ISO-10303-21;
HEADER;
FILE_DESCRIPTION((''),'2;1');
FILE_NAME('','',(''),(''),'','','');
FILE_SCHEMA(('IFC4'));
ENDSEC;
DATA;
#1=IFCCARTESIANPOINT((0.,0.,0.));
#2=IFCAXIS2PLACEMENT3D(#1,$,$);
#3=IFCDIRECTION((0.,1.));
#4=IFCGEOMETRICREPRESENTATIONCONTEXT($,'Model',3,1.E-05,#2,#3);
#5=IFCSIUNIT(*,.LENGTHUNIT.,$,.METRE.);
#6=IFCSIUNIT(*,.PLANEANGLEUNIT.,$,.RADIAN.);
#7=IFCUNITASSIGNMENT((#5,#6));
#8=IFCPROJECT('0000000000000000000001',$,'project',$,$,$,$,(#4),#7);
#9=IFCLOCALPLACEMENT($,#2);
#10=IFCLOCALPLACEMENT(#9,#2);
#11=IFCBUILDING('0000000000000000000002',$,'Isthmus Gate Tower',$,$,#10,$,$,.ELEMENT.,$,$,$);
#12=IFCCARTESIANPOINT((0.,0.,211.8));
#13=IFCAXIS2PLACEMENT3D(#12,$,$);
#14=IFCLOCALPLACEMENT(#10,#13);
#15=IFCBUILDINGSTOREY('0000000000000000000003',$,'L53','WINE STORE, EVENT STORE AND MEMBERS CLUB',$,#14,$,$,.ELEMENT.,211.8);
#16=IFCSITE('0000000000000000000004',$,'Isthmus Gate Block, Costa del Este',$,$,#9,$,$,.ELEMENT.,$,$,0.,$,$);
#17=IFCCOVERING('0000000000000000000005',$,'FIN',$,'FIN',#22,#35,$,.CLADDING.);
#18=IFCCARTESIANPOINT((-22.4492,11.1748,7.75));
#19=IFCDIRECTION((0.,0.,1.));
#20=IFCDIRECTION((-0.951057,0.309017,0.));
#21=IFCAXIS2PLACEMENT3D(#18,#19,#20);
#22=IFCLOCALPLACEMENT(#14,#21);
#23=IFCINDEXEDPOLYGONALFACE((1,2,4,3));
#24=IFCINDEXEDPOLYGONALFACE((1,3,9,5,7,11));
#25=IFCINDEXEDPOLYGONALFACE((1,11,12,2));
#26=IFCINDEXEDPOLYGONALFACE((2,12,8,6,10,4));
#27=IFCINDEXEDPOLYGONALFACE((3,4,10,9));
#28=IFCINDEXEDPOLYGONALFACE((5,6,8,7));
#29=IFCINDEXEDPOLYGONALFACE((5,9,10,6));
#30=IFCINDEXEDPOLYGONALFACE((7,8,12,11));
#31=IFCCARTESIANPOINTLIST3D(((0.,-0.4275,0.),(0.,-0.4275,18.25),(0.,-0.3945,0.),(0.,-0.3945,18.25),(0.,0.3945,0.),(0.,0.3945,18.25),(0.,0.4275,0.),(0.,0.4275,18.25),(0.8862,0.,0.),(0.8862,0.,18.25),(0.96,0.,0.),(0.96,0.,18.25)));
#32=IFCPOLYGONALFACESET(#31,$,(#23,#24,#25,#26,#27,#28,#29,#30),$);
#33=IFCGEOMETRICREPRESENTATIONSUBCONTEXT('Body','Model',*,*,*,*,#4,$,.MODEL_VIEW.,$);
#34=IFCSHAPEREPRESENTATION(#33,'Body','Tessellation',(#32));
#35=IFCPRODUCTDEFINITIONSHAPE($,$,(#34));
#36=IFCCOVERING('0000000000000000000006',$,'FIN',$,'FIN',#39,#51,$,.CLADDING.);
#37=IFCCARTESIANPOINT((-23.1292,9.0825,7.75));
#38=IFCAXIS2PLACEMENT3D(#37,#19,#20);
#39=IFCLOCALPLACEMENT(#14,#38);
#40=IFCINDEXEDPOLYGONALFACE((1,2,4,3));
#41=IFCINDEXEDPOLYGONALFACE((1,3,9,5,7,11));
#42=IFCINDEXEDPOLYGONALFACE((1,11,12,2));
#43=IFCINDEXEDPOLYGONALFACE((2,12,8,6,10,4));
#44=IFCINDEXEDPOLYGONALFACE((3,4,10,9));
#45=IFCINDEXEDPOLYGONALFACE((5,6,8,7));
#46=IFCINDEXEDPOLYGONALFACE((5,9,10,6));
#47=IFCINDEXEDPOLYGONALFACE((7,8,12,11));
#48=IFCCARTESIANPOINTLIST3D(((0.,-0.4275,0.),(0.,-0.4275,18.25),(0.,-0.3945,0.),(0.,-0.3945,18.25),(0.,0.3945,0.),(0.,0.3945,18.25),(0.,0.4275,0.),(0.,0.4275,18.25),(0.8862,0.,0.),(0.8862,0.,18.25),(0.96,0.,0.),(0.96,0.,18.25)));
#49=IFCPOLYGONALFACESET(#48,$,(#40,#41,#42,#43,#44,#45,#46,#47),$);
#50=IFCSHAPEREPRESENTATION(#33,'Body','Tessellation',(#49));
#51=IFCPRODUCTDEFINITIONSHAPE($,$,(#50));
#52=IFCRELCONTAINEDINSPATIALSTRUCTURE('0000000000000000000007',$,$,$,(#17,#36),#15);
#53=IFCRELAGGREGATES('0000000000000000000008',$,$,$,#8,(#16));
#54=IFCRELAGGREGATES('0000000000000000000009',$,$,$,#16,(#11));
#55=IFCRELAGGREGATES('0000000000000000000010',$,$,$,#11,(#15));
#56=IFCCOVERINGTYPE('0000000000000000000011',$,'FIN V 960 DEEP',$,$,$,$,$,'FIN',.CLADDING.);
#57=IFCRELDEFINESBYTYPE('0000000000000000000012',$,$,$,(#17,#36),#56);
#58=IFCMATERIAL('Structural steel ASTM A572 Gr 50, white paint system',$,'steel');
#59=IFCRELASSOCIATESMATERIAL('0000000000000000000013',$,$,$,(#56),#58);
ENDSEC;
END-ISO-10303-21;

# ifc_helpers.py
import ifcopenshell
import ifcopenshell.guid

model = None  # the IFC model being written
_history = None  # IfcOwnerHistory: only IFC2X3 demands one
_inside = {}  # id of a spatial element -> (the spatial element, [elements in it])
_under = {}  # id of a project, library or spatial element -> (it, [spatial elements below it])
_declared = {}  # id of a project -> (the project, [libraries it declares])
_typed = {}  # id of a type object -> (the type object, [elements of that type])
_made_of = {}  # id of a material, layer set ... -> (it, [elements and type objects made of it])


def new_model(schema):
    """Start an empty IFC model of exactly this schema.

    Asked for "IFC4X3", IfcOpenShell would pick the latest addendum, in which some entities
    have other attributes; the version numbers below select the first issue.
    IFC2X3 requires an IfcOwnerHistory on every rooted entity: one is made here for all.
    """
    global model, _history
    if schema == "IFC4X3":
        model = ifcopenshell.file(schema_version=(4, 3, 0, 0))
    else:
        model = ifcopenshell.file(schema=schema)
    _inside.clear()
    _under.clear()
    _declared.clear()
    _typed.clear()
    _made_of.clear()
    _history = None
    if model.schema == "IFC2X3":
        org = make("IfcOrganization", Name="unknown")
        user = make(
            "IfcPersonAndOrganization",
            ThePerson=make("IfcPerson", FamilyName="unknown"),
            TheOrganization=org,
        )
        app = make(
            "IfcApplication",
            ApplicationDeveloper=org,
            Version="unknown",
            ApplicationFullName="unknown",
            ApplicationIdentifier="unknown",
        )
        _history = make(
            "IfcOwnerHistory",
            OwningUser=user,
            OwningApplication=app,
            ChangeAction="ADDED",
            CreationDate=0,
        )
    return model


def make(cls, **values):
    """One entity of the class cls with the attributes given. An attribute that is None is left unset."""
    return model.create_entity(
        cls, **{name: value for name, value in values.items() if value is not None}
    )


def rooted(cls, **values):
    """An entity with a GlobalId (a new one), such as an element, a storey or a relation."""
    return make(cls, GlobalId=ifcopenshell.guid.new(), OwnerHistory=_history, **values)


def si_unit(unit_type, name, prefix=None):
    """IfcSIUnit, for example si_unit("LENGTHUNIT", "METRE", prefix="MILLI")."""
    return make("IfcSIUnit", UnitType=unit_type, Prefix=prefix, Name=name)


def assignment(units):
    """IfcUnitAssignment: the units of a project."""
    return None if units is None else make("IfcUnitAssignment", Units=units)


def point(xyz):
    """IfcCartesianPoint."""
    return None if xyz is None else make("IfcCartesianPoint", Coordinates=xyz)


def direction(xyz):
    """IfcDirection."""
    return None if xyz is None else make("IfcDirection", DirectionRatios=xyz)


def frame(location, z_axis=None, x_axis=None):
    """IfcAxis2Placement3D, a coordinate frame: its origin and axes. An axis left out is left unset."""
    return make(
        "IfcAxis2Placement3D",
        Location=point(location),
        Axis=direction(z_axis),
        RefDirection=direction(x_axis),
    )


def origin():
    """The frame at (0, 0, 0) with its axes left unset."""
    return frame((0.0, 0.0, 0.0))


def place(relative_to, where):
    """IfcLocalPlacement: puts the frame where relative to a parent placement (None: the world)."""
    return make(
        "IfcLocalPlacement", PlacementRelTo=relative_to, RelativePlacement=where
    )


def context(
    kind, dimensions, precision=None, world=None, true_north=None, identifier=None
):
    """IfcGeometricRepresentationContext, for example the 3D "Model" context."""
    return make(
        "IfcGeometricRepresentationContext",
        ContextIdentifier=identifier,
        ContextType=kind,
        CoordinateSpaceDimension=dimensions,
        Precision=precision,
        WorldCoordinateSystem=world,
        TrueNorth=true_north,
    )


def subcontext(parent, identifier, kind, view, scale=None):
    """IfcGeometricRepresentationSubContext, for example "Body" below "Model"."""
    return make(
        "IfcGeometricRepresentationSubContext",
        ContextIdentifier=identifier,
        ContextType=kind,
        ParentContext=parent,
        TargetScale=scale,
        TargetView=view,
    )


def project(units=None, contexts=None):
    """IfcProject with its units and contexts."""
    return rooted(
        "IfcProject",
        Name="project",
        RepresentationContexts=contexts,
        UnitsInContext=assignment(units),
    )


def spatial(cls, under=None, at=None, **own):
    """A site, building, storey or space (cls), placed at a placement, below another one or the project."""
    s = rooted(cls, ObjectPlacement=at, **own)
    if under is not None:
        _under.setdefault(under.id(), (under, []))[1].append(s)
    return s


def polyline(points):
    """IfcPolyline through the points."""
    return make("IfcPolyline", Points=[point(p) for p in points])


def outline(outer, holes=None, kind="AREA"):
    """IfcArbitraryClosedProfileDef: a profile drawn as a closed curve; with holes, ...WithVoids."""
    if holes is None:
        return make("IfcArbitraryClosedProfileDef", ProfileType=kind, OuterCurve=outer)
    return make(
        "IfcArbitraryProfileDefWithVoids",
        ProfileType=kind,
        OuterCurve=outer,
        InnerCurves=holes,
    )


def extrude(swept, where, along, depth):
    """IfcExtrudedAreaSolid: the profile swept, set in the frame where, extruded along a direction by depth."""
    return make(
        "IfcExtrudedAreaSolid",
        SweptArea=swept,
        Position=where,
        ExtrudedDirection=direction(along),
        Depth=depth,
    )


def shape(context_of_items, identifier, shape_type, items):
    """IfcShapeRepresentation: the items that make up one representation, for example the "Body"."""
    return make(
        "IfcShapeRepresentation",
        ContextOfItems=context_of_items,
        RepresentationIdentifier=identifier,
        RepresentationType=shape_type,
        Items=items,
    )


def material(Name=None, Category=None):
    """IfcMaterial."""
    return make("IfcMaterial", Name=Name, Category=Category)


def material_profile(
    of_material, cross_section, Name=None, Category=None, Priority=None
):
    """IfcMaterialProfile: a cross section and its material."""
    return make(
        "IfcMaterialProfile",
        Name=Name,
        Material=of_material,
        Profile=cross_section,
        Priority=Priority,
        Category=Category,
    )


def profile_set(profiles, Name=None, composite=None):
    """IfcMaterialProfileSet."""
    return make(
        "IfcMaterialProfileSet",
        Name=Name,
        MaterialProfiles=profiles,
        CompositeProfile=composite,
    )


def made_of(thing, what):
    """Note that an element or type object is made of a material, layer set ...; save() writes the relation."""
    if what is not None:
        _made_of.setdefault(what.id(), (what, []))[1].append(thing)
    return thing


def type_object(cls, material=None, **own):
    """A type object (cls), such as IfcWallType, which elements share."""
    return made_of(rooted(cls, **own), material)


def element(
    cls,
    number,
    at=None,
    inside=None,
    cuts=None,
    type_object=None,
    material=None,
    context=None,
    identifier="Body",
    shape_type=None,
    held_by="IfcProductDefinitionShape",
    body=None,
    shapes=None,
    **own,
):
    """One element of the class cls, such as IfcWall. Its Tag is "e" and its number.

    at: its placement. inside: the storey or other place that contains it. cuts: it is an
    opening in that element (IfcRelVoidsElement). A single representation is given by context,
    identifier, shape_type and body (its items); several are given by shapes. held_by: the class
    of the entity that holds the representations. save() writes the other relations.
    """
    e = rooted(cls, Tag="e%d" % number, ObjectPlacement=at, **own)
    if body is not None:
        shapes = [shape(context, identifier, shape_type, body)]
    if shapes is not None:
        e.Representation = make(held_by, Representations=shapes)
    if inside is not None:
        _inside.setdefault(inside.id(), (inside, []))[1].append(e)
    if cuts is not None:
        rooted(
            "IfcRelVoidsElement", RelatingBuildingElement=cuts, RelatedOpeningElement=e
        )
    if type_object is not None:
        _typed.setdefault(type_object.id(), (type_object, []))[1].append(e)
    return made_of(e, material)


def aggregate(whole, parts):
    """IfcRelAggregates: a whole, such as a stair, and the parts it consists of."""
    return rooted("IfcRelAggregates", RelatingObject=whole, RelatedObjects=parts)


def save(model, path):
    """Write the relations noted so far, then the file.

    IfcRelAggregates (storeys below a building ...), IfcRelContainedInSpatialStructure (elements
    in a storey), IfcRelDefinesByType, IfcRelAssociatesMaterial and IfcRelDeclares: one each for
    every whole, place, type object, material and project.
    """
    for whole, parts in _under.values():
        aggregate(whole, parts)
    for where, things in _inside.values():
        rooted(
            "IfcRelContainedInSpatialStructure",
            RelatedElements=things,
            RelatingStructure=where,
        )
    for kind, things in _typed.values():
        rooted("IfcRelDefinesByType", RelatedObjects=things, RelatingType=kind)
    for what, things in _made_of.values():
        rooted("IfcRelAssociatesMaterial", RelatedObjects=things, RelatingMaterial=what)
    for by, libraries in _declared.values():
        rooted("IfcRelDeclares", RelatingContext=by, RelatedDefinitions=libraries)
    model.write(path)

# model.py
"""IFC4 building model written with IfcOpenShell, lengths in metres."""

from ifc_helpers import new_model, si_unit, direction, frame, origin, place, context, subcontext, project, spatial, polyline, outline, extrude, material, material_profile, profile_set, type_object, element, save


model = new_model("IFC4")

# Units and contexts
model_context = context("Model", 3, precision=1e-05, world=origin(), true_north=direction((0.0, 1.0)))
body_context = subcontext(model_context, "Body", "Model", "MODEL_VIEW")
ifc_project = project(units=[si_unit("LENGTHUNIT", "METRE"), si_unit("PLANEANGLEUNIT", "RADIAN")], contexts=[model_context])

# Site, building, storey
site_placement = place(None, origin())
site = spatial("IfcSite", under=ifc_project, at=site_placement, Name="Isthmus Gate Block, Costa del Este", CompositionType="ELEMENT", RefElevation=0.0)
building_placement = place(site_placement, origin())
building = spatial("IfcBuilding", under=site, at=building_placement, Name="Isthmus Gate Tower", CompositionType="ELEMENT")
storey_placement = place(building_placement, frame((0.0, 0.0, 211.8)))
storey = spatial("IfcBuildingStorey", under=building, at=storey_placement, Name="L53", Description="WINE STORE, EVENT STORE AND MEMBERS CLUB", CompositionType="ELEMENT", Elevation=211.8)

# Coverings
ifc_material_1 = material(Name="Structural steel ASTM A572 Gr 50, white paint system", Category="steel")
ifc_material_profile_1 = material_profile(ifc_material_1, outline(polyline([(0.0, -0.4275), (0.96, 0.0), (0.0, 0.4275), (0.0, 0.3945), (0.8862, 0.0), (0.0, -0.3945), (0.0, -0.4275)])), Name="V960")
ifc_profile_set_1 = profile_set([ifc_material_profile_1], Name="Structural steel ASTM A572 Gr 50, white paint system")
covering_type = type_object("IfcCoveringType", Name="FIN V 960 DEEP", ElementType="FIN", PredefinedType="CLADDING", material=ifc_profile_set_1)
for number, where, z_axis, x_axis, name in (
    (1, (-22.4492, 11.1748, 7.75), (0.0, 0.0, 1.0), (-0.951057, 0.309017, 0.0), "FIN"),
    (2, (-23.1292, 9.0825, 7.75), (0.0, 0.0, 1.0), (-0.951057, 0.309017, 0.0), "FIN"),
):
    element("IfcCovering", number, at=place(storey_placement, frame(where, z_axis=z_axis, x_axis=x_axis)), inside=storey, type_object=covering_type, Name=name, ObjectType="FIN", PredefinedType="CLADDING", context=body_context, shape_type="SweptSolid", body=[
        extrude(outline(polyline([(0.0, -0.4275), (0.96, 0.0), (0.0, 0.4275), (0.0, 0.3945), (0.8862, 0.0), (0.0, -0.3945), (0.0, -0.4275)])), origin(), (0.0, 0.0, 1.0), 18.25),
    ])

save(model, "model.ifc")
